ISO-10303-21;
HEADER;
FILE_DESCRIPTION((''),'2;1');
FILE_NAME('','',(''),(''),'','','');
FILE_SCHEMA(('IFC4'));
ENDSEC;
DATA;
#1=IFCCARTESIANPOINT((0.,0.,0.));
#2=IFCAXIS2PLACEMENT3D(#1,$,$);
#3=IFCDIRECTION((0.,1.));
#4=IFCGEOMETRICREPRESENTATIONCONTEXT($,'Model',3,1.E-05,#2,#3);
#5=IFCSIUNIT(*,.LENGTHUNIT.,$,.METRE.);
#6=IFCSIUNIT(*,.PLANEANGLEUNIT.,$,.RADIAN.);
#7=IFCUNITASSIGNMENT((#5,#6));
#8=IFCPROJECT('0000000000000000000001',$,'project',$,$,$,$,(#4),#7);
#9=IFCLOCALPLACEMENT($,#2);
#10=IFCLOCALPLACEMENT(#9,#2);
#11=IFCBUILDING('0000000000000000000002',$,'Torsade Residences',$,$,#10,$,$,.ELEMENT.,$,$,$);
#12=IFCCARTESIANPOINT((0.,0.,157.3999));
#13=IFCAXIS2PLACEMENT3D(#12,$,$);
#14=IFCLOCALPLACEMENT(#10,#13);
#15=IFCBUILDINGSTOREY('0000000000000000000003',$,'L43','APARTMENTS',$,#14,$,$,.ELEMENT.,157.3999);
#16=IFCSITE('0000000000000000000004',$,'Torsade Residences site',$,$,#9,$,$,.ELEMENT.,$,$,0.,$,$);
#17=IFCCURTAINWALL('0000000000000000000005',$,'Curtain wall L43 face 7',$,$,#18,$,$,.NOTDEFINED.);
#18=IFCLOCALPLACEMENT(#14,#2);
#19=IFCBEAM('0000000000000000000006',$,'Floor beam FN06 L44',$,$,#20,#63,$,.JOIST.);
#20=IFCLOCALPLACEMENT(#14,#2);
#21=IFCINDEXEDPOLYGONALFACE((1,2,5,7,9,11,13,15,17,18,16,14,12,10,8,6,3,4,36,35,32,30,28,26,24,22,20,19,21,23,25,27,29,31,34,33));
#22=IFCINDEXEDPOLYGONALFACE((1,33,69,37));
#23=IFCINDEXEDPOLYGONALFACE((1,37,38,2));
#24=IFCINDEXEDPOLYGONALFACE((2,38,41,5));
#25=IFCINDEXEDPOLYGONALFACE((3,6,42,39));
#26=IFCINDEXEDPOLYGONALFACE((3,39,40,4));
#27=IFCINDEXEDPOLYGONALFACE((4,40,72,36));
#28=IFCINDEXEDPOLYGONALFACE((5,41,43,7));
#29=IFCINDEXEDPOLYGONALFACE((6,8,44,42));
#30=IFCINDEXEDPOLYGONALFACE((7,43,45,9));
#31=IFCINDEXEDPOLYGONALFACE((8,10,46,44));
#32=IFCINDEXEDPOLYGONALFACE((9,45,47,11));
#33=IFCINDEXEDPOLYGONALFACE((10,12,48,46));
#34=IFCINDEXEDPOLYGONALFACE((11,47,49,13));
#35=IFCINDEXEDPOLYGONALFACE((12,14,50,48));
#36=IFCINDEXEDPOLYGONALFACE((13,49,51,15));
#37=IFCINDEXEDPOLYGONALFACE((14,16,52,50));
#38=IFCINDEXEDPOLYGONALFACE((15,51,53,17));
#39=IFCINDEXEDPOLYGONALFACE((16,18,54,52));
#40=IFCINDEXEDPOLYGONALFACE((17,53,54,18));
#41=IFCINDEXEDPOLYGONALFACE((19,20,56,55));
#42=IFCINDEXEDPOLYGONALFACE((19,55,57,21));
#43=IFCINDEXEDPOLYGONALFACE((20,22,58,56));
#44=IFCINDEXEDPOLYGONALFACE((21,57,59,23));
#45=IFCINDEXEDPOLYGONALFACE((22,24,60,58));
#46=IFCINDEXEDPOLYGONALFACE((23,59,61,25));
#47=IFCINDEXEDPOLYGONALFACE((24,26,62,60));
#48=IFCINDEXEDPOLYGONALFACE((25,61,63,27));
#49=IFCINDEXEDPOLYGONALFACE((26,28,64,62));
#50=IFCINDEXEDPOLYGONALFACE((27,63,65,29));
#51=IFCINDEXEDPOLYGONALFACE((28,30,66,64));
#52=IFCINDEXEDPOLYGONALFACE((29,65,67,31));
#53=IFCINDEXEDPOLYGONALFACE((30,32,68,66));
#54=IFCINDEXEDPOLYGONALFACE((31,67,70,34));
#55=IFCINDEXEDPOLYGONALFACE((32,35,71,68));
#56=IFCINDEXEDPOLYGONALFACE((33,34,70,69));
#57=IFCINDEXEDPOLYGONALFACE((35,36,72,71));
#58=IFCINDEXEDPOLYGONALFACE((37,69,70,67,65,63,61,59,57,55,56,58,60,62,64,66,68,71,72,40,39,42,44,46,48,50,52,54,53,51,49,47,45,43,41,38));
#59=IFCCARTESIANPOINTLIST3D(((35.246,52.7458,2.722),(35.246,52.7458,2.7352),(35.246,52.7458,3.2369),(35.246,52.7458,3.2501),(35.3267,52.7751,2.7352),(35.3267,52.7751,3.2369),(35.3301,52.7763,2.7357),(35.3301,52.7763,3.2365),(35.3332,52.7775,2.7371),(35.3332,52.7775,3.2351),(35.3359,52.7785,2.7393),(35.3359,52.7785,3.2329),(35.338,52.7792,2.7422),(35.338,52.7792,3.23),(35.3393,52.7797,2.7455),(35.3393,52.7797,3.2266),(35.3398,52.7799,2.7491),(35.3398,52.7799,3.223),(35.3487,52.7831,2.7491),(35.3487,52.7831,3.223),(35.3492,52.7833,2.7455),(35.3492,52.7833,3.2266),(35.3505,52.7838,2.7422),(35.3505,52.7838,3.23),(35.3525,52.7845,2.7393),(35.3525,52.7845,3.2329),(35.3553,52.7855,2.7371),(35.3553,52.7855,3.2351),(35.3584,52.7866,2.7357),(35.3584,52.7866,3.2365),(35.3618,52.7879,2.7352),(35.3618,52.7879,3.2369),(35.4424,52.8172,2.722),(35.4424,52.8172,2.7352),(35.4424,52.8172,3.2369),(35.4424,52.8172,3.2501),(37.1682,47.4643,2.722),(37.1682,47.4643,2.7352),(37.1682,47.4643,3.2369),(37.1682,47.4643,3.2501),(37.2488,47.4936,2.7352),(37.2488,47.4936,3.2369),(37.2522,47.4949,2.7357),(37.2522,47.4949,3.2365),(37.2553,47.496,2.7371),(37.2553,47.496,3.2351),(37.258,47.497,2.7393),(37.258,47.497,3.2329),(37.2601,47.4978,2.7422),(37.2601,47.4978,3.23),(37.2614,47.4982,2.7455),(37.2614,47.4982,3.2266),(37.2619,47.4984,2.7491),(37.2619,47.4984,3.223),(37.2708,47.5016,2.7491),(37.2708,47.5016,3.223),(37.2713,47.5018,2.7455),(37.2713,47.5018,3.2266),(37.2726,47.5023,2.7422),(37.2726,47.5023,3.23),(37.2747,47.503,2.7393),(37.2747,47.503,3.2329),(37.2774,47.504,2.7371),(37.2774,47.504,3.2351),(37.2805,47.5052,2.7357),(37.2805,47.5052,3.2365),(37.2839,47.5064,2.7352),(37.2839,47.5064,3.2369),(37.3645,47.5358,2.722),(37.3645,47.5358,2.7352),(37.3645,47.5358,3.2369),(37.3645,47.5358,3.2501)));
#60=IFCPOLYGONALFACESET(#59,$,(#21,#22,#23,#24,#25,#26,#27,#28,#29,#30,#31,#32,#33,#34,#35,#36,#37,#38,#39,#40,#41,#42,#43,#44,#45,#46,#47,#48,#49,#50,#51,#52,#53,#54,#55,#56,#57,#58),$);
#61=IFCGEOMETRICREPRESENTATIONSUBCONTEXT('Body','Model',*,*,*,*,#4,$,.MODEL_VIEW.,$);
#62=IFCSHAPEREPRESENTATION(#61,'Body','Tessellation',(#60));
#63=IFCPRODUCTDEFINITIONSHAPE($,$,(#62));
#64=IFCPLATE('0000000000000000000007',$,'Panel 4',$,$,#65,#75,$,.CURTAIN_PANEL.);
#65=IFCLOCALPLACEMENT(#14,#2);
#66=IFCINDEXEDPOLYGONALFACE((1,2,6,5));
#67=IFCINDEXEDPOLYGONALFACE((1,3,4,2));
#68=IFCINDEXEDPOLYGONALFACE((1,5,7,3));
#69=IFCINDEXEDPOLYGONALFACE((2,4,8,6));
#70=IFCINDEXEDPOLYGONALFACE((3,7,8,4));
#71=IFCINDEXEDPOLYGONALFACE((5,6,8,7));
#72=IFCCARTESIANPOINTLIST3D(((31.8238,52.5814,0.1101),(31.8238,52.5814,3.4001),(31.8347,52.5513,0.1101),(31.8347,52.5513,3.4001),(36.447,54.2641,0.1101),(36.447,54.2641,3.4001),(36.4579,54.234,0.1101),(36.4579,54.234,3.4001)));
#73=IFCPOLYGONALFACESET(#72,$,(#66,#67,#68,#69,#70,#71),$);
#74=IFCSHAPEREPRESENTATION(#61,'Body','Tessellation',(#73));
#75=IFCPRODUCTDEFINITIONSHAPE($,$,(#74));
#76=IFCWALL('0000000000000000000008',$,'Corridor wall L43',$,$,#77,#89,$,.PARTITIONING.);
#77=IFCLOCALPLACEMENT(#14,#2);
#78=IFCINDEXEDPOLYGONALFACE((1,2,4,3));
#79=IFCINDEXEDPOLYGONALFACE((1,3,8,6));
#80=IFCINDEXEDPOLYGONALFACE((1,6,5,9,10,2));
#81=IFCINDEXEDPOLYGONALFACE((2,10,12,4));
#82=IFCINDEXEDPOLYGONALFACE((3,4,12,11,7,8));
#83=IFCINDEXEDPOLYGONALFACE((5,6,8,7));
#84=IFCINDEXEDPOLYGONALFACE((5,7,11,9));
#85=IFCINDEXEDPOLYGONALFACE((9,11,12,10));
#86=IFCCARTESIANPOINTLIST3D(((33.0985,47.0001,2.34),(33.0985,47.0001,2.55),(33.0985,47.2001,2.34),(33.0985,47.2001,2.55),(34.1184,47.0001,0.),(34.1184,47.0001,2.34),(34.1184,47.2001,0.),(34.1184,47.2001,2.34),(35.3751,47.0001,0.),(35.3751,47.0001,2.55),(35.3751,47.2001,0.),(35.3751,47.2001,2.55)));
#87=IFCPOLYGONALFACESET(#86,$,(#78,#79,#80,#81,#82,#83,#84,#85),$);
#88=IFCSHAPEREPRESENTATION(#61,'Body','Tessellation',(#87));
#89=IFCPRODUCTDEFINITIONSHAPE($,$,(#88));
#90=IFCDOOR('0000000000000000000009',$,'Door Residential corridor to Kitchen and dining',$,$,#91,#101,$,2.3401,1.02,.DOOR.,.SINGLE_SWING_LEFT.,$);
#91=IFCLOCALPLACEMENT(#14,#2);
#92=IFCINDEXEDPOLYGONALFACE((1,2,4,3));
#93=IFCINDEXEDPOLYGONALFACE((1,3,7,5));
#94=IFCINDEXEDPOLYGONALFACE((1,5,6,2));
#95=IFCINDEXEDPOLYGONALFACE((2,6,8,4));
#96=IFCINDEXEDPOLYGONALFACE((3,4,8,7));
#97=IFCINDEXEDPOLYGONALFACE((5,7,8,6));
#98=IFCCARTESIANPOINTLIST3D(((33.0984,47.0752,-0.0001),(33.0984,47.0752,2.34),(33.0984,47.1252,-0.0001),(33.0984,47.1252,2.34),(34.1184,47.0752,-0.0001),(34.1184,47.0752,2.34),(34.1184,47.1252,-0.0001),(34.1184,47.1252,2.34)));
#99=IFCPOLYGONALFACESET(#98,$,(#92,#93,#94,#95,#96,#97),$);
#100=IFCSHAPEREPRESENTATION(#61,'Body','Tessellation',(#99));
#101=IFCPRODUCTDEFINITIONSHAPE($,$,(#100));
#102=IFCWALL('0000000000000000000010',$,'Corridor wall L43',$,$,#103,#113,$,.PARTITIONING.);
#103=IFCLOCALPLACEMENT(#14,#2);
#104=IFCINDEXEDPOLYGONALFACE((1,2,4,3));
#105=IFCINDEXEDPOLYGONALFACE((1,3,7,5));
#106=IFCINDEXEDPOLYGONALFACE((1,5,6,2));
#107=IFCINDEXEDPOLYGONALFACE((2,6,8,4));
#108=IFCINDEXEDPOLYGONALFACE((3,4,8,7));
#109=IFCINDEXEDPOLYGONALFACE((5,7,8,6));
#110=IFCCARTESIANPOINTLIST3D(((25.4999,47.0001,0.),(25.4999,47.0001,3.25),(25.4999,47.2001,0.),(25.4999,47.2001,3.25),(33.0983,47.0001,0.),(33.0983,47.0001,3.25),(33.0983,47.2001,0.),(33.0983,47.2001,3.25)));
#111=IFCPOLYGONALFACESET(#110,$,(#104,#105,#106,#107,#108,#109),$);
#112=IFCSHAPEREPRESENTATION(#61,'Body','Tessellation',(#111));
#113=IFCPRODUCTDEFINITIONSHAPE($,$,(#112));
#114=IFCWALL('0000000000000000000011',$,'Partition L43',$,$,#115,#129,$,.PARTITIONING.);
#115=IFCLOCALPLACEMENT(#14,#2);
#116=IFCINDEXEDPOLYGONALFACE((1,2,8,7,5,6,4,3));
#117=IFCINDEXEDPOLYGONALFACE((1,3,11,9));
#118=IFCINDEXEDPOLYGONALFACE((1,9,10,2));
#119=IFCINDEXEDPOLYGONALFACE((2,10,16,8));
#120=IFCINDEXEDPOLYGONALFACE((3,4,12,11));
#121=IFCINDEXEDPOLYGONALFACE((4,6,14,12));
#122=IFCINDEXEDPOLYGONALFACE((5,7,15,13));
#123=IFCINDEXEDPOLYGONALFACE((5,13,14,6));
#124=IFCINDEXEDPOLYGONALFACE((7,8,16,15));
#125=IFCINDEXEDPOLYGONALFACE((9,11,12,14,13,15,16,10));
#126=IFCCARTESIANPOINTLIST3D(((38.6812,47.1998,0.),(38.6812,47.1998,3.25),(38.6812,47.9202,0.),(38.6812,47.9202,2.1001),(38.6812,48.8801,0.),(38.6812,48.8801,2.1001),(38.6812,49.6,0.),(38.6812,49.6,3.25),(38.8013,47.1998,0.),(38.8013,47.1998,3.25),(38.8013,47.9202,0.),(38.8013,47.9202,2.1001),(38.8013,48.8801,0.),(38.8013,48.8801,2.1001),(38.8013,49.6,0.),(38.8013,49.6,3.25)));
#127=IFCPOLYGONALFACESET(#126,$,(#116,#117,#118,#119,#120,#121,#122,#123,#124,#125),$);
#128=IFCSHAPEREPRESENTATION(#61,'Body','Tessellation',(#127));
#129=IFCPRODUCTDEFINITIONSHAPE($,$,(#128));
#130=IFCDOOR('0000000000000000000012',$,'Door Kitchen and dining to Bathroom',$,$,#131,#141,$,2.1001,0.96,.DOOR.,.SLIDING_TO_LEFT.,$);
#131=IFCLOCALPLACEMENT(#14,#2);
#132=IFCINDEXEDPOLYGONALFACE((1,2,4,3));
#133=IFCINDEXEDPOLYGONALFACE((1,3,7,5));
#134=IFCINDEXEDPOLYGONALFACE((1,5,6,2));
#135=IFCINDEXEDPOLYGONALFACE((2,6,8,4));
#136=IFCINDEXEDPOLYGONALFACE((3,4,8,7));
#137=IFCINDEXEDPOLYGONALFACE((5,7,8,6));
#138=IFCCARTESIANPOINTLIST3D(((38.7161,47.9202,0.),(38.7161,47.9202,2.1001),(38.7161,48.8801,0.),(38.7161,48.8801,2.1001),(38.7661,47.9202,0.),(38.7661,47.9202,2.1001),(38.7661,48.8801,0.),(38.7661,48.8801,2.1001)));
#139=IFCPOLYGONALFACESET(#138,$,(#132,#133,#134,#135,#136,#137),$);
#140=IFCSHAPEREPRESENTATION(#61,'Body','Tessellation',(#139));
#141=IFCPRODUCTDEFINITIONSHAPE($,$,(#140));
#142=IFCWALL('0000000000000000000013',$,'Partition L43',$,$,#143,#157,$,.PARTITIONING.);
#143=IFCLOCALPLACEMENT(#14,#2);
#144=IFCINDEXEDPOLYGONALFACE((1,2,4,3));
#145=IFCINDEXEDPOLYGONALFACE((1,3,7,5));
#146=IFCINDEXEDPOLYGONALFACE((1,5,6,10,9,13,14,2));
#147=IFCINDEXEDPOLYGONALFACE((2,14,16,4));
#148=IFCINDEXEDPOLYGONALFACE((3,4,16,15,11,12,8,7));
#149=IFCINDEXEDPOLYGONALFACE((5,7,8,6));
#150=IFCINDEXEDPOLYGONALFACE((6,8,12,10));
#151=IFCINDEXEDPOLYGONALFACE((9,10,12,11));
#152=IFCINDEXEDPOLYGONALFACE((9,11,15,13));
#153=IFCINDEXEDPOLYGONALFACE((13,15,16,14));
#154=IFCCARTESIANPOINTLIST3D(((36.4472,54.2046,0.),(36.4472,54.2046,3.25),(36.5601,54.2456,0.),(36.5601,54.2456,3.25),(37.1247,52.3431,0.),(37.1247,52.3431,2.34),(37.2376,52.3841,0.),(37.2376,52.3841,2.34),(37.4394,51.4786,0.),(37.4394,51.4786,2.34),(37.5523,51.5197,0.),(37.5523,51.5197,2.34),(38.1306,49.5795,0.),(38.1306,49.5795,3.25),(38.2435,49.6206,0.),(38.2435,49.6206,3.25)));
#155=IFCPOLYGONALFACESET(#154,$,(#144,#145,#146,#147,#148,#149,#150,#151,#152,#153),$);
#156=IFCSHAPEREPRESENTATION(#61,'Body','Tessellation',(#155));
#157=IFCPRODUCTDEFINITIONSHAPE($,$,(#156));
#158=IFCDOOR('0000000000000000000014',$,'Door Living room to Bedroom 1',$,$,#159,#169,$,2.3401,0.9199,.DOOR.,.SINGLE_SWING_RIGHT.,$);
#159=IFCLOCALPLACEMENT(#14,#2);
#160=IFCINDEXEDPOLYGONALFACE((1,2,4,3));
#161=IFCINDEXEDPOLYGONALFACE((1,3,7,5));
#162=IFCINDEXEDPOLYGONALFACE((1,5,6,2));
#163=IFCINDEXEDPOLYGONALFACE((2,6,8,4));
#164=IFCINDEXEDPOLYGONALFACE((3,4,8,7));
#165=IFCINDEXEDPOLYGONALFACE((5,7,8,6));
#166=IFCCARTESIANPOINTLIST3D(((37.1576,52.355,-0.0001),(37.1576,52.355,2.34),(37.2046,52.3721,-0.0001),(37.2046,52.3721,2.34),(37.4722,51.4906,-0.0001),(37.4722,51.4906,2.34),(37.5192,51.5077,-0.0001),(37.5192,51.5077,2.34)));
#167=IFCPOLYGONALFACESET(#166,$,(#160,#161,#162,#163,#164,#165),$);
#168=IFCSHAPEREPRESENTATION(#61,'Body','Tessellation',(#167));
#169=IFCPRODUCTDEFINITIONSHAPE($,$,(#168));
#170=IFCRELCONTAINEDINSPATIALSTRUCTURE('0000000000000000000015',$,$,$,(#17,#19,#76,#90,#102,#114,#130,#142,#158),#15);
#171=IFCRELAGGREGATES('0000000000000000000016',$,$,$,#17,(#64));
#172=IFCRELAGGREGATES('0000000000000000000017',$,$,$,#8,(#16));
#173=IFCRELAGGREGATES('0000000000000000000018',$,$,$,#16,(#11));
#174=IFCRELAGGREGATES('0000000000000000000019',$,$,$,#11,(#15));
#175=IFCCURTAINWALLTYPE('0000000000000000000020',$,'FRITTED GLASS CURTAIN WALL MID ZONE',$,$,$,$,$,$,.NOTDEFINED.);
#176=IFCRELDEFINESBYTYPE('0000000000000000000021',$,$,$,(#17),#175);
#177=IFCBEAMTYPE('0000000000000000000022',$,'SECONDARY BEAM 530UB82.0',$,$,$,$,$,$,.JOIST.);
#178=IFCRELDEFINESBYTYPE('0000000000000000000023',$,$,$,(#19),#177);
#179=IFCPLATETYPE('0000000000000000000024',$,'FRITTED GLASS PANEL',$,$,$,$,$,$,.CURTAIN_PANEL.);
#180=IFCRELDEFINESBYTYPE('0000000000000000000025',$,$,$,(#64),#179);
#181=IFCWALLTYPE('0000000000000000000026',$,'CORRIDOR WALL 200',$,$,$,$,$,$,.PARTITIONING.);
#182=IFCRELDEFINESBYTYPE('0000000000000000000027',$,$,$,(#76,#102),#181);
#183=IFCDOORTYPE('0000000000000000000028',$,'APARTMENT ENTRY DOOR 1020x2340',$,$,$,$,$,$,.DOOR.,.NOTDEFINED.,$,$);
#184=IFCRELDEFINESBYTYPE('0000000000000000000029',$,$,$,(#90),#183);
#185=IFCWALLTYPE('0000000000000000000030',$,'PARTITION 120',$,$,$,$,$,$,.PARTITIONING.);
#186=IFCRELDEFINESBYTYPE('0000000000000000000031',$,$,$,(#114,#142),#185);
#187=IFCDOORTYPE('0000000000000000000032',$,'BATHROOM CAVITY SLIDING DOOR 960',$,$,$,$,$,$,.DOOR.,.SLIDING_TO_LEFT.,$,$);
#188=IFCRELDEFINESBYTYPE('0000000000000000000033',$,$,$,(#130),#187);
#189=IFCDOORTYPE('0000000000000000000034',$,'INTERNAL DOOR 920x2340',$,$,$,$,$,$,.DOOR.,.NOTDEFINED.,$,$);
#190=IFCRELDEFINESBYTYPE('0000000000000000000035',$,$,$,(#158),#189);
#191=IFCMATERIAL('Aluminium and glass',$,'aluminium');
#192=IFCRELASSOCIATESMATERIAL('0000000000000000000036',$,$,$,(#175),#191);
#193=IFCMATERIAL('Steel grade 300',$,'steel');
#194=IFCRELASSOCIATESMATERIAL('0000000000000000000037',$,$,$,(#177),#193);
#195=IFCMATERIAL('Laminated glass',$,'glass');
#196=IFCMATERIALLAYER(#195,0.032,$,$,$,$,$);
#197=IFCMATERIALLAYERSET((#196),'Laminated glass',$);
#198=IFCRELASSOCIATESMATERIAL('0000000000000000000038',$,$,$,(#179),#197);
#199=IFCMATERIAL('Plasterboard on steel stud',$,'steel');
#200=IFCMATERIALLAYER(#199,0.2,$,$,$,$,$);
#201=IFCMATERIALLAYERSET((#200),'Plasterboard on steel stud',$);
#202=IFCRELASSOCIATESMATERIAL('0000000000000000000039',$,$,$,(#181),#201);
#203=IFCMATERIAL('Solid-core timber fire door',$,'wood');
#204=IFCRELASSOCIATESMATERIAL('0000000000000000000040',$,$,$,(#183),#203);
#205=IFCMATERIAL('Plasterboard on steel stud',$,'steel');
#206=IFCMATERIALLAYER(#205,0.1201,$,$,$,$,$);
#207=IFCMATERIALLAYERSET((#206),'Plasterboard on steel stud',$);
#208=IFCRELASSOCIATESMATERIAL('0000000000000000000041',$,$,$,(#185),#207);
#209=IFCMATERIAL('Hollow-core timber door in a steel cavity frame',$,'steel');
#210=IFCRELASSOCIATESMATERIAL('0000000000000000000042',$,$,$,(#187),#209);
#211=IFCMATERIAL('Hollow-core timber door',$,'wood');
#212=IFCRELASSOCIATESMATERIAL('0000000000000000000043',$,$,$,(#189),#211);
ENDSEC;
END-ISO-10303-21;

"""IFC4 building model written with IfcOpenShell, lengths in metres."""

from ifc_helpers import new_model, si_unit, direction, frame, frame_2d, origin, origin_2d, place, context, subcontext, project, spatial, rectangle, i_section, extrude, material, layer, layer_set, material_profile, profile_set, type_object, element, fill, aggregate, save


model = new_model("IFC4")

# Units and contexts
model_context = context("Model", 3, precision=1e-05, world=origin(), true_north=direction((0.0, 1.0)))
body_context = subcontext(model_context, "Body", "Model", "MODEL_VIEW")
ifc_project = project(units=[si_unit("LENGTHUNIT", "METRE"), si_unit("PLANEANGLEUNIT", "RADIAN")], contexts=[model_context])

# Site, building, storey
site_placement = place(None, origin())
site = spatial("IfcSite", under=ifc_project, at=site_placement, Name="Torsade Residences site", CompositionType="ELEMENT", RefElevation=0.0)
building_placement = place(site_placement, origin())
building = spatial("IfcBuilding", under=site, at=building_placement, Name="Torsade Residences", CompositionType="ELEMENT")
storey_placement = place(building_placement, frame((0.0, 0.0, 157.3999)))
storey = spatial("IfcBuildingStorey", under=building, at=storey_placement, Name="L43", Description="APARTMENTS", CompositionType="ELEMENT", Elevation=157.3999)

# Curtain wall
ifc_material_1 = material(Name="Aluminium and glass", Category="aluminium")
curtain_wall_type = type_object("IfcCurtainWallType", Name="FRITTED GLASS CURTAIN WALL MID ZONE", PredefinedType="NOTDEFINED", material=ifc_material_1)
curtain_wall_placement = place(storey_placement, origin())
curtain_wall = element("IfcCurtainWall", 1, at=curtain_wall_placement, inside=storey, type_object=curtain_wall_type, Name="Curtain wall L43 face 7", PredefinedType="NOTDEFINED")

# Beam
ifc_material_2 = material(Name="Steel grade 300", Category="steel")
ifc_material_profile_1 = material_profile(ifc_material_2, i_section(OverallWidth=0.209, OverallDepth=0.5281, WebThickness=0.0095, FlangeThickness=0.0132, FilletRadius=0.0139, at=origin_2d()), Name="530UB82.0")
ifc_profile_set_1 = profile_set([ifc_material_profile_1], Name="Steel grade 300")
beam_type_1 = type_object("IfcBeamType", Name="SECONDARY BEAM 530UB82.0", PredefinedType="JOIST", material=ifc_profile_set_1)
beam_1_placement = place(storey_placement, frame((35.3442, 52.7815, 2.9861), z_axis=(0.341991, -0.939703, 0.0), x_axis=(0.939703, 0.341991, 0.0)))
element("IfcBeam", 2, at=beam_1_placement, inside=storey, type_object=beam_type_1, Name="Floor beam FN06 L44", PredefinedType="JOIST", context=body_context, shape_type="SweptSolid", body=[
    extrude(i_section(OverallWidth=0.209, OverallDepth=0.5281, WebThickness=0.0095, FlangeThickness=0.0132, FilletRadius=0.0139, at=origin_2d()), origin(), (0.0, 0.0, 1.0), 5.6204),
])

# Plate
ifc_material_3 = material(Name="Laminated glass", Category="glass")
ifc_layer_1 = layer(ifc_material_3, 0.032)
ifc_layer_set_1 = layer_set([ifc_layer_1], Name="Laminated glass")
plate_type = type_object("IfcPlateType", Name="FRITTED GLASS PANEL", PredefinedType="CURTAIN_PANEL", material=ifc_layer_set_1)
plate_placement = place(storey_placement, frame((34.1409, 53.4077, 0.1101), z_axis=(0.0, 0.0, 1.0), x_axis=(-0.939693, -0.34202, 0.0)))
plate = element("IfcPlate", 3, at=plate_placement, type_object=plate_type, Name="Panel 4", PredefinedType="CURTAIN_PANEL", context=body_context, shape_type="SweptSolid", body=[
    extrude(rectangle(XDim=4.9199, YDim=0.032, at=origin_2d()), origin(), (0.0, 0.0, 1.0), 3.29),
])
aggregate(curtain_wall, [plate])

# Wall, opening, door
ifc_material_4 = material(Name="Plasterboard on steel stud", Category="steel")
ifc_layer_2 = layer(ifc_material_4, 0.2)
ifc_layer_set_2 = layer_set([ifc_layer_2], Name="Plasterboard on steel stud")
wall_type_1 = type_object("IfcWallType", Name="CORRIDOR WALL 200", PredefinedType="PARTITIONING", material=ifc_layer_set_2)
wall_1_placement = place(storey_placement, frame((35.375, 47.1001, 0.0), z_axis=(0.0, 0.0, 1.0), x_axis=(-1.0, 0.0, 0.0)))
wall_1 = element("IfcWall", 4, at=wall_1_placement, inside=storey, type_object=wall_type_1, Name="Corridor wall L43", PredefinedType="PARTITIONING", context=body_context, shape_type="SweptSolid", body=[
    extrude(rectangle(XDim=2.2766, YDim=0.2, at=frame_2d((1.1382, 0.0))), origin(), (0.0, 0.0, 1.0), 2.55),
])
opening_1_placement = place(wall_1_placement, frame((1.2566, 0.0, 0.0)))
opening_1 = element("IfcOpeningElement", 5, at=opening_1_placement, cuts=wall_1, PredefinedType="OPENING", context=body_context, shape_type="SweptSolid", body=[
    extrude(rectangle(XDim=1.02, YDim=2.3401, at=frame_2d((0.51, 1.1699))), frame((0.0, 0.1099, 0.0), z_axis=(0.0, -1.0, 0.0), x_axis=(1.0, 0.0, 0.0)), (0.0, 0.0, 1.0), 0.22),
])
ifc_material_5 = material(Name="Solid-core timber fire door", Category="wood")
door_type_1 = type_object("IfcDoorType", Name="APARTMENT ENTRY DOOR 1020x2340", OperationType="NOTDEFINED", PredefinedType="DOOR", material=ifc_material_5)
door_1_placement = place(opening_1_placement, origin())
door_1 = element("IfcDoor", 6, at=door_1_placement, inside=storey, type_object=door_type_1, Name="Door Residential corridor to Kitchen and dining", OperationType="SINGLE_SWING_LEFT", OverallHeight=2.3401, OverallWidth=1.02, PredefinedType="DOOR", context=body_context, shape_type="SweptSolid", body=[
    extrude(rectangle(XDim=1.02, YDim=2.3401, at=frame_2d((0.51, 1.1699))), frame((0.0, 0.0249, 0.0), z_axis=(0.0, -1.0, 0.0), x_axis=(1.0, 0.0, 0.0)), (0.0, 0.0, 1.0), 0.05),
])
fill(opening_1, door_1)

# Wall
wall_2_placement = place(storey_placement, frame((33.0984, 47.1001, 0.0), z_axis=(0.0, 0.0, 1.0), x_axis=(-1.0, 0.0, 0.0)))
element("IfcWall", 7, at=wall_2_placement, inside=storey, type_object=wall_type_1, Name="Corridor wall L43", PredefinedType="PARTITIONING", context=body_context, shape_type="SweptSolid", body=[
    extrude(rectangle(XDim=7.5984, YDim=0.2, at=frame_2d((3.7993, 0.0))), origin(), (0.0, 0.0, 1.0), 3.25),
])

# Walls, openings, doors
ifc_material_6 = material(Name="Plasterboard on steel stud", Category="steel")
ifc_layer_3 = layer(ifc_material_6, 0.1201)
ifc_layer_set_3 = layer_set([ifc_layer_3], Name="Plasterboard on steel stud")
wall_type_2 = type_object("IfcWallType", Name="PARTITION 120", PredefinedType="PARTITIONING", material=ifc_layer_set_3)
wall_3_placement = place(storey_placement, frame((38.7412, 49.6001, 0.0), z_axis=(0.0, 0.0, 1.0), x_axis=(0.0, -1.0, 0.0)))
wall_3 = element("IfcWall", 8, at=wall_3_placement, inside=storey, type_object=wall_type_2, Name="Partition L43", PredefinedType="PARTITIONING", context=body_context, shape_type="SweptSolid", body=[
    extrude(rectangle(XDim=2.4001, YDim=0.1201, at=frame_2d((1.2002, 0.0))), origin(), (0.0, 0.0, 1.0), 3.25),
])
opening_2_placement = place(wall_3_placement, frame((0.72, 0.0, 0.0)))
opening_2 = element("IfcOpeningElement", 9, at=opening_2_placement, cuts=wall_3, PredefinedType="OPENING", context=body_context, shape_type="SweptSolid", body=[
    extrude(rectangle(XDim=0.96, YDim=2.1001, at=frame_2d((0.48, 1.05))), frame((0.0, 0.0701, 0.0), z_axis=(0.0, -1.0, 0.0), x_axis=(1.0, 0.0, 0.0)), (0.0, 0.0, 1.0), 0.1401),
])
ifc_material_7 = material(Name="Hollow-core timber door in a steel cavity frame", Category="steel")
door_type_2 = type_object("IfcDoorType", Name="BATHROOM CAVITY SLIDING DOOR 960", OperationType="SLIDING_TO_LEFT", PredefinedType="DOOR", material=ifc_material_7)
door_2_placement = place(opening_2_placement, origin())
door_2 = element("IfcDoor", 10, at=door_2_placement, inside=storey, type_object=door_type_2, Name="Door Kitchen and dining to Bathroom", OperationType="SLIDING_TO_LEFT", OverallHeight=2.1001, OverallWidth=0.96, PredefinedType="DOOR", context=body_context, shape_type="SweptSolid", body=[
    extrude(rectangle(XDim=0.96, YDim=2.1001, at=frame_2d((0.48, 1.05))), frame((0.0, 0.0249, 0.0), z_axis=(0.0, -1.0, 0.0), x_axis=(1.0, 0.0, 0.0)), (0.0, 0.0, 1.0), 0.05),
])
fill(opening_2, door_2)
wall_4_placement = place(storey_placement, frame((36.5037, 54.2251, 0.0), z_axis=(0.0, 0.0, 1.0), x_axis=(0.342018, -0.939693, 0.0)))
wall_4 = element("IfcWall", 11, at=wall_4_placement, inside=storey, type_object=wall_type_2, Name="Partition L43", PredefinedType="PARTITIONING", context=body_context, shape_type="SweptSolid", body=[
    extrude(rectangle(XDim=4.9219, YDim=0.1201, at=frame_2d((2.4609, 0.0))), origin(), (0.0, 0.0, 1.0), 3.25),
])
opening_3_placement = place(wall_4_placement, frame((1.981, 0.0, 0.0)))
opening_3 = element("IfcOpeningElement", 12, at=opening_3_placement, cuts=wall_4, PredefinedType="OPENING", context=body_context, shape_type="SweptSolid", body=[
    extrude(rectangle(XDim=0.9199, YDim=2.3401, at=frame_2d((0.46, 1.1699))), frame((0.0, 0.0701, 0.0), z_axis=(0.0, -1.0, 0.0), x_axis=(1.0, 0.0, 0.0)), (0.0, 0.0, 1.0), 0.1401),
])
ifc_material_8 = material(Name="Hollow-core timber door", Category="wood")
door_type_3 = type_object("IfcDoorType", Name="INTERNAL DOOR 920x2340", OperationType="NOTDEFINED", PredefinedType="DOOR", material=ifc_material_8)
door_3_placement = place(opening_3_placement, origin())
door_3 = element("IfcDoor", 13, at=door_3_placement, inside=storey, type_object=door_type_3, Name="Door Living room to Bedroom 1", OperationType="SINGLE_SWING_RIGHT", OverallHeight=2.3401, OverallWidth=0.9199, PredefinedType="DOOR", context=body_context, shape_type="SweptSolid", body=[
    extrude(rectangle(XDim=0.9199, YDim=2.3401, at=frame_2d((0.46, 1.1699))), frame((0.0, 0.0249, 0.0), z_axis=(0.0, -1.0, 0.0), x_axis=(1.0, 0.0, 0.0)), (0.0, 0.0, 1.0), 0.05),
])
fill(opening_3, door_3)

save(model, "model.ifc")
